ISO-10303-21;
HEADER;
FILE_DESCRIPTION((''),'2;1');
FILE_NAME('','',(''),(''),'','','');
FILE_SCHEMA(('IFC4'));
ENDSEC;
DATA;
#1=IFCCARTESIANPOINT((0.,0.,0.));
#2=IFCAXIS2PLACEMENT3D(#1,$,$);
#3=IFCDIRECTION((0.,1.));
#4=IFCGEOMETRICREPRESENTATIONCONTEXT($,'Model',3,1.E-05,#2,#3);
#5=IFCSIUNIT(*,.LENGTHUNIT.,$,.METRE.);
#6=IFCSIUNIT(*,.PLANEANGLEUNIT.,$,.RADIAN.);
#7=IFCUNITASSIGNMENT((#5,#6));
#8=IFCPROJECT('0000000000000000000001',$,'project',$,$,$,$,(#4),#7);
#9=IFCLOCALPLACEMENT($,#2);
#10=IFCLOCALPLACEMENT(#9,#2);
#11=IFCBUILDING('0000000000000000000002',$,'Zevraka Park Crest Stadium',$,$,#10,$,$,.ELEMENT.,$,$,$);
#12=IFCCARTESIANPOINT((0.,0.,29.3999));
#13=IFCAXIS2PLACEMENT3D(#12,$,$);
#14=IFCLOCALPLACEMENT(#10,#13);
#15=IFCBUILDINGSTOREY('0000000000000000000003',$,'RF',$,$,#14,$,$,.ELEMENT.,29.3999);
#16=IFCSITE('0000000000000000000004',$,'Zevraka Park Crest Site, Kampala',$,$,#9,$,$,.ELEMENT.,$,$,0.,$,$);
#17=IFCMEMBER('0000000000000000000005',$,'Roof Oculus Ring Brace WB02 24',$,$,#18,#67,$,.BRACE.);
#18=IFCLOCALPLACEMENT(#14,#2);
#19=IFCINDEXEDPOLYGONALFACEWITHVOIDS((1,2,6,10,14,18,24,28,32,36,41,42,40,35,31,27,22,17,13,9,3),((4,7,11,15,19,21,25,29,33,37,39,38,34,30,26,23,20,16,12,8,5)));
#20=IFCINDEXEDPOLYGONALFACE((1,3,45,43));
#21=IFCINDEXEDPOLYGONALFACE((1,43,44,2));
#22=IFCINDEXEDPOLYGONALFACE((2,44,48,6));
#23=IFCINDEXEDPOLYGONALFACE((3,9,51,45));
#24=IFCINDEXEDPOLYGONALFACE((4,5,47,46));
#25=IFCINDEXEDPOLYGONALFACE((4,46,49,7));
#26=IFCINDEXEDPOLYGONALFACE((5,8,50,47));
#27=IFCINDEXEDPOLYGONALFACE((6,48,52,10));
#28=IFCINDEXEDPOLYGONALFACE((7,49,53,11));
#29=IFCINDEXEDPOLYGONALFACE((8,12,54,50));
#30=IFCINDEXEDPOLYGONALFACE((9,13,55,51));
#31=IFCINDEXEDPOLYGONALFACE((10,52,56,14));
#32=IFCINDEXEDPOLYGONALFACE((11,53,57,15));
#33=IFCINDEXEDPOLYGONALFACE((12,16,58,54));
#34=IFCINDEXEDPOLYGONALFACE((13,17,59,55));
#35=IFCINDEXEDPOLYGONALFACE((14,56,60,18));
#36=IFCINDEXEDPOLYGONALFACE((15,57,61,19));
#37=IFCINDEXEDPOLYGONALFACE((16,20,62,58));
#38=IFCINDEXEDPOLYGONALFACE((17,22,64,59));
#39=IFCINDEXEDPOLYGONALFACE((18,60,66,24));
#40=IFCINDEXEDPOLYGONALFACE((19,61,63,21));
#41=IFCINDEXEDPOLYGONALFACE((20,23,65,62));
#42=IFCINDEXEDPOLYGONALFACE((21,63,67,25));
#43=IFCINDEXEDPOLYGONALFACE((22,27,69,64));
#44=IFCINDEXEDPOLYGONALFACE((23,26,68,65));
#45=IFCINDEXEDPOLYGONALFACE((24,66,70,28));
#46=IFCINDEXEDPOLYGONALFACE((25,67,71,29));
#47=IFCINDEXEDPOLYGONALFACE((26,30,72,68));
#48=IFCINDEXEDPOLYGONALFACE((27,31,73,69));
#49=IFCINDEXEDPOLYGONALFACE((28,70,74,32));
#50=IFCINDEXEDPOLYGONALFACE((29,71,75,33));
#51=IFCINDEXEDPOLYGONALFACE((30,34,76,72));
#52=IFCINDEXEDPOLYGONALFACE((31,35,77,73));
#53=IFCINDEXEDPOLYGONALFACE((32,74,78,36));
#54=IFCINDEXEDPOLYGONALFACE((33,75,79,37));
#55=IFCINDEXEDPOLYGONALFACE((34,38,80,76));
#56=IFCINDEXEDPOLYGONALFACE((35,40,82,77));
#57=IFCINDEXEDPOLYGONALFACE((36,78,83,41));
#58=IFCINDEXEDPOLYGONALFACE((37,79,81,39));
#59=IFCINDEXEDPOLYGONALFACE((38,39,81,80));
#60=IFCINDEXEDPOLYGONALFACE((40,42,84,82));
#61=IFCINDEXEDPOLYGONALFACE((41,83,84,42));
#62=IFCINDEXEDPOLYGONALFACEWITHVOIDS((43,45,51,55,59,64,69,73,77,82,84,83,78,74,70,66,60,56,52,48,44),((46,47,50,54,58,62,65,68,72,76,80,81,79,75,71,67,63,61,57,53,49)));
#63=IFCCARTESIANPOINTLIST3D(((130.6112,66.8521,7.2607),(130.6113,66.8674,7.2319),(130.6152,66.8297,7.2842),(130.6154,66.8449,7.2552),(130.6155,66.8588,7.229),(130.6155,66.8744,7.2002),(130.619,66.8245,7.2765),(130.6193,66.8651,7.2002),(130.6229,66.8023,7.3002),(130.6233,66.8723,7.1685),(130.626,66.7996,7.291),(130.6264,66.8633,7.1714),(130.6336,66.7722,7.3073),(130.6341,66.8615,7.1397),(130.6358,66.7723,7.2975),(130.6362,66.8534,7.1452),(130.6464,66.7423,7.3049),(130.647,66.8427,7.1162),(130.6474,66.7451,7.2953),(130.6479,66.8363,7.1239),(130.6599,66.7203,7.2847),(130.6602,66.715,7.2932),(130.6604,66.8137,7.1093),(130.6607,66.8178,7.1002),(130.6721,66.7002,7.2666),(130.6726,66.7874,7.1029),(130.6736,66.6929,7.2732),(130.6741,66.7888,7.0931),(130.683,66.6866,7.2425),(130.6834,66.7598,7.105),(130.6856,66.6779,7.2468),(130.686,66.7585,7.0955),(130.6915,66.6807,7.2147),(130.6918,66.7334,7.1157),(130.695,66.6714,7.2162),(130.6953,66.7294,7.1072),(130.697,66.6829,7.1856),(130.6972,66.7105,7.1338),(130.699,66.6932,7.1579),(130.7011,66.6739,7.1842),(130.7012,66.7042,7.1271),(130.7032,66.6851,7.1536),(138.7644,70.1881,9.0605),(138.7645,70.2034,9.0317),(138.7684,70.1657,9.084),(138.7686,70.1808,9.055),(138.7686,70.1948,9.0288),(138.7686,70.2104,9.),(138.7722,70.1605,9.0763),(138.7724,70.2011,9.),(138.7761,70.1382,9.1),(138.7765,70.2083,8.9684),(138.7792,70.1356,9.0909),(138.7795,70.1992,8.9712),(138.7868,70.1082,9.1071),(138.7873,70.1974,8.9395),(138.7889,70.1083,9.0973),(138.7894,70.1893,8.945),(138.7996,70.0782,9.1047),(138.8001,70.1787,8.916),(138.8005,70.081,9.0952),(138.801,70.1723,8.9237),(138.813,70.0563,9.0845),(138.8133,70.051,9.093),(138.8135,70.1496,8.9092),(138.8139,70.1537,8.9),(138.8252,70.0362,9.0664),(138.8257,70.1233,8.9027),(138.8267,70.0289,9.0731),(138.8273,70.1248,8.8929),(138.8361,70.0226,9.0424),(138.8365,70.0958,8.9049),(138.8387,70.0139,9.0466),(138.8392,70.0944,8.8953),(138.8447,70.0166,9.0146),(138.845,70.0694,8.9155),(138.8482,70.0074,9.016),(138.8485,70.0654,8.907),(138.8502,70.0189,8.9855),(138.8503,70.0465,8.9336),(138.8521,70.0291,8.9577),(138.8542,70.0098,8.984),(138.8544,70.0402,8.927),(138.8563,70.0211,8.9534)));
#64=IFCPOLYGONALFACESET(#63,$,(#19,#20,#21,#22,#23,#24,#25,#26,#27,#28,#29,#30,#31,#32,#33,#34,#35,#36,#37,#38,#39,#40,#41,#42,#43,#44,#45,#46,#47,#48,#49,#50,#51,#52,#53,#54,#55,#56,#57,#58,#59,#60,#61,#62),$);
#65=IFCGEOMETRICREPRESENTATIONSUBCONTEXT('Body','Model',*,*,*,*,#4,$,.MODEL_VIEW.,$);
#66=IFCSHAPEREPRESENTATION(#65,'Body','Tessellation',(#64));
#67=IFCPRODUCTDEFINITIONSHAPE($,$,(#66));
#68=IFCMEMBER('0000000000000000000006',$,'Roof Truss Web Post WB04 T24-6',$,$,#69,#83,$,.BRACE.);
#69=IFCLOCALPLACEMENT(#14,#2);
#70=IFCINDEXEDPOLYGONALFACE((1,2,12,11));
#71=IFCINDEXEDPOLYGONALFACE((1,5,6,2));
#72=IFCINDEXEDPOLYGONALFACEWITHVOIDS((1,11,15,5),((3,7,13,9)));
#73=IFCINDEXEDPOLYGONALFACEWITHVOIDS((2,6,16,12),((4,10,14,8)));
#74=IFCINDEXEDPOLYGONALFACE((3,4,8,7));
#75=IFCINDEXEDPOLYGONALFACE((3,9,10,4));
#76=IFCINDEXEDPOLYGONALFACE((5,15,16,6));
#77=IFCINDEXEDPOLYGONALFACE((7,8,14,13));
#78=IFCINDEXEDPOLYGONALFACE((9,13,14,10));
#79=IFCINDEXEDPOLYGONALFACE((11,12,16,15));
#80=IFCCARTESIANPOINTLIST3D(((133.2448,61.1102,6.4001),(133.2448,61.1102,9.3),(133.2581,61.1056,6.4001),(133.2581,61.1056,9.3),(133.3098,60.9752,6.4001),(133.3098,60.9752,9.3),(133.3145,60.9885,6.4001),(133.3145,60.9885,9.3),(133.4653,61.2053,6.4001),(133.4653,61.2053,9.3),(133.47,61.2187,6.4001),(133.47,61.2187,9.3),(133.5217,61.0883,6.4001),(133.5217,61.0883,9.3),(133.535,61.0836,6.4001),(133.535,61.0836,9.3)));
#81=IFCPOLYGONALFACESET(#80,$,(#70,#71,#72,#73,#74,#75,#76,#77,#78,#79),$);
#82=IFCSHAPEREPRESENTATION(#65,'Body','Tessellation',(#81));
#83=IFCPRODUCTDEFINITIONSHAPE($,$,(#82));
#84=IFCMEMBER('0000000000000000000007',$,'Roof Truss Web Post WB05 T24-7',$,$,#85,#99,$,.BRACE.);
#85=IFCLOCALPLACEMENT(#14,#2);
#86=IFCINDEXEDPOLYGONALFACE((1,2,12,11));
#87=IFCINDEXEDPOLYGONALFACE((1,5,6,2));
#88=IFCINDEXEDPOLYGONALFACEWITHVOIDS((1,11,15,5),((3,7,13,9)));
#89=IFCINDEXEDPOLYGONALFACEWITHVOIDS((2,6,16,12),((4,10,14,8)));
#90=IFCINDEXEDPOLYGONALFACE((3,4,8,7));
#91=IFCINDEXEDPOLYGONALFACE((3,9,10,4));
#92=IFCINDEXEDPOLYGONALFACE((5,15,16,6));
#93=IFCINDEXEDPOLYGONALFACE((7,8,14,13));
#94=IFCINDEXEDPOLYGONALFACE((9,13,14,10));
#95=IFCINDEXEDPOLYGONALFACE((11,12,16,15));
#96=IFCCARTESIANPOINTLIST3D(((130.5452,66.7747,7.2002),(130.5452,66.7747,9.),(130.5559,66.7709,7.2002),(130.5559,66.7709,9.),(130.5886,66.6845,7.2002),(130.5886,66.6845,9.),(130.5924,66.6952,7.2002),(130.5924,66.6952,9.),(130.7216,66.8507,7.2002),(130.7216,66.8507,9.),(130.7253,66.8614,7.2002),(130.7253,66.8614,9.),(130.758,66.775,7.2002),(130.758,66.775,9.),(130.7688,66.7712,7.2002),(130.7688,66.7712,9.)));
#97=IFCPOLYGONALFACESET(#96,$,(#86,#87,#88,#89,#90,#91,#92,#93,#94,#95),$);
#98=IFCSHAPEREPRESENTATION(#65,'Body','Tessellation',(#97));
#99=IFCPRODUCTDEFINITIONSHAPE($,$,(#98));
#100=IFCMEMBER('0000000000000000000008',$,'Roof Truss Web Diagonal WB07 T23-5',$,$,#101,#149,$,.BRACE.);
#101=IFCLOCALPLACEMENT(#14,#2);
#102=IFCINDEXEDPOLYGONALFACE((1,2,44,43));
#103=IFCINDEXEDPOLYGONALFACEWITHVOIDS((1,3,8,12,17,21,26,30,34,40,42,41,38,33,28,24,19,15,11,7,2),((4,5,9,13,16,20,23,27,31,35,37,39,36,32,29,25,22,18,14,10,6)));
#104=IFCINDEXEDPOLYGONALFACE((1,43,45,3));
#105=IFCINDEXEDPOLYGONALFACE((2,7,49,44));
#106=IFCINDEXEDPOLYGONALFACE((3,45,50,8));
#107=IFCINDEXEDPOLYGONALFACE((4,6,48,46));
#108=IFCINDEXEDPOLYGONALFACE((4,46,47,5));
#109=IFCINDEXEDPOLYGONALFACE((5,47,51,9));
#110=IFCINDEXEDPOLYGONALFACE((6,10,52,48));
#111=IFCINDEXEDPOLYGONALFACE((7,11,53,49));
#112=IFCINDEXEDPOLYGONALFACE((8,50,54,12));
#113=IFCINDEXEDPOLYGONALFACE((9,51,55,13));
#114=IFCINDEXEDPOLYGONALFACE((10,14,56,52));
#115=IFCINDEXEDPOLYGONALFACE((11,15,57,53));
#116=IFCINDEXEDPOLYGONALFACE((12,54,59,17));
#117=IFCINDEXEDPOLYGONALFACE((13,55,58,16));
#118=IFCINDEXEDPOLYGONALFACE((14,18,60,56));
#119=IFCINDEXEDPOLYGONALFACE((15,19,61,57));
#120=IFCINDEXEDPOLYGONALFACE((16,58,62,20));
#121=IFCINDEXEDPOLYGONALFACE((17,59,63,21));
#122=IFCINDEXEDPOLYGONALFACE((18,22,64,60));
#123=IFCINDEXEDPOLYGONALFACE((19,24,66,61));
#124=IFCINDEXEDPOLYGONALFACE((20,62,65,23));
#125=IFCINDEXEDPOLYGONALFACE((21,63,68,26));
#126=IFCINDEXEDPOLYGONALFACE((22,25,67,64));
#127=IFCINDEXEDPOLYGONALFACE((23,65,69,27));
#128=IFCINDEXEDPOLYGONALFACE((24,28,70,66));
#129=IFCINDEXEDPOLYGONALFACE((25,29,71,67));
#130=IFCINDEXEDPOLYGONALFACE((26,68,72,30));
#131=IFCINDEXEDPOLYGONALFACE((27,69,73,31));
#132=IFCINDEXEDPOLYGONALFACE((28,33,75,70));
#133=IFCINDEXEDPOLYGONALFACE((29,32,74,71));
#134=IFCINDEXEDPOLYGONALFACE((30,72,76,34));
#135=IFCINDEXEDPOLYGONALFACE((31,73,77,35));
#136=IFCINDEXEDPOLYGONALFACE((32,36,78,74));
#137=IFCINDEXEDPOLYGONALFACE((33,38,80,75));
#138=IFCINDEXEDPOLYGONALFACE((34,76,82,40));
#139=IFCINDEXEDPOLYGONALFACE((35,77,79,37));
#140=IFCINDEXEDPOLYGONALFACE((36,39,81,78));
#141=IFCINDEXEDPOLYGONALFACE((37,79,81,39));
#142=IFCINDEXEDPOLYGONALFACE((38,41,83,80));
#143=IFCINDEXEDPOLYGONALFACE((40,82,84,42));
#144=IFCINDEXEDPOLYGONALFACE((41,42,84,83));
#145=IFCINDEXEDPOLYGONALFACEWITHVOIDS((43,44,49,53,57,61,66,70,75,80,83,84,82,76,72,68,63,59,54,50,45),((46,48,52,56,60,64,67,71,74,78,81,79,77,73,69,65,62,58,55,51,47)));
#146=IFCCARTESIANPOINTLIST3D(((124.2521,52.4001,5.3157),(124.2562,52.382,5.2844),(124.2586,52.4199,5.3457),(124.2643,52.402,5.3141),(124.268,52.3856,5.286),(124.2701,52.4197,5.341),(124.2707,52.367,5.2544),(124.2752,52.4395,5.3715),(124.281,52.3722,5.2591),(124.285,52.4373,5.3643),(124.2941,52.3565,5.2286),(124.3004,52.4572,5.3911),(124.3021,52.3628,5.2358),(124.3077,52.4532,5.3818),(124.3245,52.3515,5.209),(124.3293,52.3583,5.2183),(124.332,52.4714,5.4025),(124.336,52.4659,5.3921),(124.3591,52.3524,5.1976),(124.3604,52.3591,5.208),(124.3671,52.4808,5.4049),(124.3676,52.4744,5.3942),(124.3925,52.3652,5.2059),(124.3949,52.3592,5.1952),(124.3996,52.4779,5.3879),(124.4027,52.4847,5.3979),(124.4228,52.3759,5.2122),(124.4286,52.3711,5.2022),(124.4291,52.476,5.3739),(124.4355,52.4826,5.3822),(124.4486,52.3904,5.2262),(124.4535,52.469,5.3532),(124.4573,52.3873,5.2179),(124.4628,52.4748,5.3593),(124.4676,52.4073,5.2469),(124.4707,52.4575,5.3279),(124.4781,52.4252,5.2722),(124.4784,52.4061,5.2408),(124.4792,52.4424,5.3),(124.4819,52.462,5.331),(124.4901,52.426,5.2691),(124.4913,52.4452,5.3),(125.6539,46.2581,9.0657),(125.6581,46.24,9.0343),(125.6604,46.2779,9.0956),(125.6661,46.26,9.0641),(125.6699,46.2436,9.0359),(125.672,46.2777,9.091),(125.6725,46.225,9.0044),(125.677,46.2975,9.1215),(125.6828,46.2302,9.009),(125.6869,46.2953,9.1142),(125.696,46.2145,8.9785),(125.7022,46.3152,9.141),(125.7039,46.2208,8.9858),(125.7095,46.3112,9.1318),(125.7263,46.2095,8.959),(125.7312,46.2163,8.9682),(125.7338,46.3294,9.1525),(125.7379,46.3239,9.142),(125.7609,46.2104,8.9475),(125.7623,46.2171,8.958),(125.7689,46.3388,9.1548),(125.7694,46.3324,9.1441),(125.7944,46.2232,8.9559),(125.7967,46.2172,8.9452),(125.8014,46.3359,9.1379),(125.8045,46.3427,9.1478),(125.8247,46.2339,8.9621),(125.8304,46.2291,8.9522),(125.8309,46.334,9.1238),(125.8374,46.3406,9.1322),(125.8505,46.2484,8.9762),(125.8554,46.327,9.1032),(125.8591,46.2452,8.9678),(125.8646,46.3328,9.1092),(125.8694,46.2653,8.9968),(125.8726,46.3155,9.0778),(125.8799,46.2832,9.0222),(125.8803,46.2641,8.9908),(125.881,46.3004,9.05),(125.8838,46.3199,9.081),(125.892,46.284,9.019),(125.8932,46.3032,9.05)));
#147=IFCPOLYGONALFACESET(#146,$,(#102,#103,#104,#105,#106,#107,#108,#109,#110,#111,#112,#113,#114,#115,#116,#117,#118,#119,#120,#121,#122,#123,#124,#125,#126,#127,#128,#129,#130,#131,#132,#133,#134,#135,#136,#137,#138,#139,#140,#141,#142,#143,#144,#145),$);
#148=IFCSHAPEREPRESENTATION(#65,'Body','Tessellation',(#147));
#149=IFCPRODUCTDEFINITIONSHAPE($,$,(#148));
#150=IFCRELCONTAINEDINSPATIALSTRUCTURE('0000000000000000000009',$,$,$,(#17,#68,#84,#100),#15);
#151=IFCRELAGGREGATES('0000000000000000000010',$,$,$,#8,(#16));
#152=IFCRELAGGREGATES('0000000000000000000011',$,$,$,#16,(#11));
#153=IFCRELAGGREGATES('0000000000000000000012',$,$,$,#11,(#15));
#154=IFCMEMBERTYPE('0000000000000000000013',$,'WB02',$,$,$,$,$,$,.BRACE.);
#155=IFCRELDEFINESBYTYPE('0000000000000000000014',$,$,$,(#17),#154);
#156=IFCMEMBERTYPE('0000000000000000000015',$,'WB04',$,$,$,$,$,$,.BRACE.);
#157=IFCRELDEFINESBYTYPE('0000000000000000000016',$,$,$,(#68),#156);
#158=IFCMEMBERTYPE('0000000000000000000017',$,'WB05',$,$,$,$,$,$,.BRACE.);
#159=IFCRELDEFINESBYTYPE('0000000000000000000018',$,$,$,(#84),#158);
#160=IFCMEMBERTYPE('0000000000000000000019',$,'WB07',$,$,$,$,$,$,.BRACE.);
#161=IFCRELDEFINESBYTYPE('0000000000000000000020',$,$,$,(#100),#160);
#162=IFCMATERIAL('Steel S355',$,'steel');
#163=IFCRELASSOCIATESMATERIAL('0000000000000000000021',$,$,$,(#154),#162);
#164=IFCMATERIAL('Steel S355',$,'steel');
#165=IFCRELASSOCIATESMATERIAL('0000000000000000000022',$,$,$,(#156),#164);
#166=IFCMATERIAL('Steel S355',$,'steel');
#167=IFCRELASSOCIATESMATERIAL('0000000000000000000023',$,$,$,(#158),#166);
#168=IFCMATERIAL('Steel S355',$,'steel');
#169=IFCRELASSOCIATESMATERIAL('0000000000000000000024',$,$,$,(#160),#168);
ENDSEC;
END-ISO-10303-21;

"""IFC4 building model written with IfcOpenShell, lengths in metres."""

from ifc_helpers import new_model, si_unit, direction, frame, origin, origin_2d, place, context, subcontext, project, spatial, hollow_rectangle, hollow_circle, extrude, material, material_profile, profile_set, type_object, element, save


model = new_model("IFC4")

# Units and contexts
model_context = context("Model", 3, precision=1e-05, world=origin(), true_north=direction((0.0, 1.0)))
body_context = subcontext(model_context, "Body", "Model", "MODEL_VIEW")
ifc_project = project(units=[si_unit("LENGTHUNIT", "METRE"), si_unit("PLANEANGLEUNIT", "RADIAN")], contexts=[model_context])

# Site, building, storey
site_placement = place(None, origin())
site = spatial("IfcSite", under=ifc_project, at=site_placement, Name="Zevraka Park Crest Site, Kampala", CompositionType="ELEMENT", RefElevation=0.0)
building_placement = place(site_placement, origin())
building = spatial("IfcBuilding", under=site, at=building_placement, Name="Zevraka Park Crest Stadium", CompositionType="ELEMENT")
storey_placement = place(building_placement, frame((0.0, 0.0, 29.3999)))
storey = spatial("IfcBuildingStorey", under=building, at=storey_placement, Name="RF", CompositionType="ELEMENT", Elevation=29.3999)

# Members
ifc_material_1 = material(Name="Steel S355", Category="steel")
ifc_material_profile_1 = material_profile(ifc_material_1, hollow_circle(Radius=0.1096, WallThickness=0.01, at=origin_2d()), Name="CHS 219.1x10")
ifc_profile_set_1 = profile_set([ifc_material_profile_1], Name="Steel S355")
member_type_1 = type_object("IfcMemberType", Name="WB02", PredefinedType="BRACE", material=ifc_profile_set_1)
member_1_placement = place(storey_placement, frame((130.657, 66.7729, 7.2002), z_axis=(0.906791, 0.371025, 0.200176), x_axis=(-0.37869, 0.925524, 0.0)))
element("IfcMember", 1, at=member_1_placement, inside=storey, type_object=member_type_1, Name="Roof Oculus Ring Brace WB02 24", PredefinedType="BRACE", context=body_context, shape_type="SweptSolid", body=[
    extrude(hollow_circle(Radius=0.1096, WallThickness=0.01, at=origin_2d()), origin(), (0.0, 0.0, 1.0), 8.9912),
])
ifc_material_2 = material(Name="Steel S355", Category="steel")
ifc_material_profile_2 = material_profile(ifc_material_2, hollow_rectangle(XDim=0.1499, YDim=0.25, WallThickness=0.01, at=origin_2d()), Name="RHS 250x150x10")
ifc_profile_set_2 = profile_set([ifc_material_profile_2], Name="Steel S355")
member_type_2 = type_object("IfcMemberType", Name="WB04", PredefinedType="BRACE", material=ifc_profile_set_2)
member_2_placement = place(storey_placement, frame((133.3899, 61.0969, 6.4001), z_axis=(0.0, 0.0, 1.0), x_axis=(-0.433816, 0.901001, 0.0)))
element("IfcMember", 2, at=member_2_placement, inside=storey, type_object=member_type_2, Name="Roof Truss Web Post WB04 T24-6", PredefinedType="BRACE", context=body_context, shape_type="SweptSolid", body=[
    extrude(hollow_rectangle(XDim=0.1499, YDim=0.25, WallThickness=0.01, at=origin_2d()), origin(), (0.0, 0.0, 1.0), 2.8999),
])
ifc_material_3 = material(Name="Steel S355", Category="steel")
ifc_material_profile_3 = material_profile(ifc_material_3, hollow_rectangle(XDim=0.1001, YDim=0.2, WallThickness=0.0081, at=origin_2d()), Name="RHS 200x100x8")
ifc_profile_set_3 = profile_set([ifc_material_profile_3], Name="Steel S355")
member_type_3 = type_object("IfcMemberType", Name="WB05", PredefinedType="BRACE", material=ifc_profile_set_3)
member_3_placement = place(storey_placement, frame((130.657, 66.7729, 7.2002), z_axis=(0.0, 0.0, 1.0), x_axis=(-0.433816, 0.901001, 0.0)))
element("IfcMember", 3, at=member_3_placement, inside=storey, type_object=member_type_3, Name="Roof Truss Web Post WB05 T24-7", PredefinedType="BRACE", context=body_context, shape_type="SweptSolid", body=[
    extrude(hollow_rectangle(XDim=0.1001, YDim=0.2, WallThickness=0.0081, at=origin_2d()), origin(), (0.0, 0.0, 1.0), 1.7998),
])
ifc_material_4 = material(Name="Steel S355", Category="steel")
ifc_material_profile_4 = material_profile(ifc_material_4, hollow_circle(Radius=0.1223, WallThickness=0.0125, at=origin_2d()), Name="CHS 244.5x12.5")
ifc_profile_set_4 = profile_set([ifc_material_profile_4], Name="Steel S355")
member_type_4 = type_object("IfcMemberType", Name="WB07", PredefinedType="BRACE", material=ifc_profile_set_4)
member_4_placement = place(storey_placement, frame((124.3721, 52.418, 5.3), z_axis=(0.191206, -0.837751, 0.511482), x_axis=(0.974929, 0.222515, 0.0)))
element("IfcMember", 4, at=member_4_placement, inside=storey, type_object=member_type_4, Name="Roof Truss Web Diagonal WB07 T23-5", PredefinedType="BRACE", context=body_context, shape_type="SweptSolid", body=[
    extrude(hollow_circle(Radius=0.1223, WallThickness=0.0125, at=origin_2d()), origin(), (0.0, 0.0, 1.0), 7.3315),
])

save(model, "model.ifc")
